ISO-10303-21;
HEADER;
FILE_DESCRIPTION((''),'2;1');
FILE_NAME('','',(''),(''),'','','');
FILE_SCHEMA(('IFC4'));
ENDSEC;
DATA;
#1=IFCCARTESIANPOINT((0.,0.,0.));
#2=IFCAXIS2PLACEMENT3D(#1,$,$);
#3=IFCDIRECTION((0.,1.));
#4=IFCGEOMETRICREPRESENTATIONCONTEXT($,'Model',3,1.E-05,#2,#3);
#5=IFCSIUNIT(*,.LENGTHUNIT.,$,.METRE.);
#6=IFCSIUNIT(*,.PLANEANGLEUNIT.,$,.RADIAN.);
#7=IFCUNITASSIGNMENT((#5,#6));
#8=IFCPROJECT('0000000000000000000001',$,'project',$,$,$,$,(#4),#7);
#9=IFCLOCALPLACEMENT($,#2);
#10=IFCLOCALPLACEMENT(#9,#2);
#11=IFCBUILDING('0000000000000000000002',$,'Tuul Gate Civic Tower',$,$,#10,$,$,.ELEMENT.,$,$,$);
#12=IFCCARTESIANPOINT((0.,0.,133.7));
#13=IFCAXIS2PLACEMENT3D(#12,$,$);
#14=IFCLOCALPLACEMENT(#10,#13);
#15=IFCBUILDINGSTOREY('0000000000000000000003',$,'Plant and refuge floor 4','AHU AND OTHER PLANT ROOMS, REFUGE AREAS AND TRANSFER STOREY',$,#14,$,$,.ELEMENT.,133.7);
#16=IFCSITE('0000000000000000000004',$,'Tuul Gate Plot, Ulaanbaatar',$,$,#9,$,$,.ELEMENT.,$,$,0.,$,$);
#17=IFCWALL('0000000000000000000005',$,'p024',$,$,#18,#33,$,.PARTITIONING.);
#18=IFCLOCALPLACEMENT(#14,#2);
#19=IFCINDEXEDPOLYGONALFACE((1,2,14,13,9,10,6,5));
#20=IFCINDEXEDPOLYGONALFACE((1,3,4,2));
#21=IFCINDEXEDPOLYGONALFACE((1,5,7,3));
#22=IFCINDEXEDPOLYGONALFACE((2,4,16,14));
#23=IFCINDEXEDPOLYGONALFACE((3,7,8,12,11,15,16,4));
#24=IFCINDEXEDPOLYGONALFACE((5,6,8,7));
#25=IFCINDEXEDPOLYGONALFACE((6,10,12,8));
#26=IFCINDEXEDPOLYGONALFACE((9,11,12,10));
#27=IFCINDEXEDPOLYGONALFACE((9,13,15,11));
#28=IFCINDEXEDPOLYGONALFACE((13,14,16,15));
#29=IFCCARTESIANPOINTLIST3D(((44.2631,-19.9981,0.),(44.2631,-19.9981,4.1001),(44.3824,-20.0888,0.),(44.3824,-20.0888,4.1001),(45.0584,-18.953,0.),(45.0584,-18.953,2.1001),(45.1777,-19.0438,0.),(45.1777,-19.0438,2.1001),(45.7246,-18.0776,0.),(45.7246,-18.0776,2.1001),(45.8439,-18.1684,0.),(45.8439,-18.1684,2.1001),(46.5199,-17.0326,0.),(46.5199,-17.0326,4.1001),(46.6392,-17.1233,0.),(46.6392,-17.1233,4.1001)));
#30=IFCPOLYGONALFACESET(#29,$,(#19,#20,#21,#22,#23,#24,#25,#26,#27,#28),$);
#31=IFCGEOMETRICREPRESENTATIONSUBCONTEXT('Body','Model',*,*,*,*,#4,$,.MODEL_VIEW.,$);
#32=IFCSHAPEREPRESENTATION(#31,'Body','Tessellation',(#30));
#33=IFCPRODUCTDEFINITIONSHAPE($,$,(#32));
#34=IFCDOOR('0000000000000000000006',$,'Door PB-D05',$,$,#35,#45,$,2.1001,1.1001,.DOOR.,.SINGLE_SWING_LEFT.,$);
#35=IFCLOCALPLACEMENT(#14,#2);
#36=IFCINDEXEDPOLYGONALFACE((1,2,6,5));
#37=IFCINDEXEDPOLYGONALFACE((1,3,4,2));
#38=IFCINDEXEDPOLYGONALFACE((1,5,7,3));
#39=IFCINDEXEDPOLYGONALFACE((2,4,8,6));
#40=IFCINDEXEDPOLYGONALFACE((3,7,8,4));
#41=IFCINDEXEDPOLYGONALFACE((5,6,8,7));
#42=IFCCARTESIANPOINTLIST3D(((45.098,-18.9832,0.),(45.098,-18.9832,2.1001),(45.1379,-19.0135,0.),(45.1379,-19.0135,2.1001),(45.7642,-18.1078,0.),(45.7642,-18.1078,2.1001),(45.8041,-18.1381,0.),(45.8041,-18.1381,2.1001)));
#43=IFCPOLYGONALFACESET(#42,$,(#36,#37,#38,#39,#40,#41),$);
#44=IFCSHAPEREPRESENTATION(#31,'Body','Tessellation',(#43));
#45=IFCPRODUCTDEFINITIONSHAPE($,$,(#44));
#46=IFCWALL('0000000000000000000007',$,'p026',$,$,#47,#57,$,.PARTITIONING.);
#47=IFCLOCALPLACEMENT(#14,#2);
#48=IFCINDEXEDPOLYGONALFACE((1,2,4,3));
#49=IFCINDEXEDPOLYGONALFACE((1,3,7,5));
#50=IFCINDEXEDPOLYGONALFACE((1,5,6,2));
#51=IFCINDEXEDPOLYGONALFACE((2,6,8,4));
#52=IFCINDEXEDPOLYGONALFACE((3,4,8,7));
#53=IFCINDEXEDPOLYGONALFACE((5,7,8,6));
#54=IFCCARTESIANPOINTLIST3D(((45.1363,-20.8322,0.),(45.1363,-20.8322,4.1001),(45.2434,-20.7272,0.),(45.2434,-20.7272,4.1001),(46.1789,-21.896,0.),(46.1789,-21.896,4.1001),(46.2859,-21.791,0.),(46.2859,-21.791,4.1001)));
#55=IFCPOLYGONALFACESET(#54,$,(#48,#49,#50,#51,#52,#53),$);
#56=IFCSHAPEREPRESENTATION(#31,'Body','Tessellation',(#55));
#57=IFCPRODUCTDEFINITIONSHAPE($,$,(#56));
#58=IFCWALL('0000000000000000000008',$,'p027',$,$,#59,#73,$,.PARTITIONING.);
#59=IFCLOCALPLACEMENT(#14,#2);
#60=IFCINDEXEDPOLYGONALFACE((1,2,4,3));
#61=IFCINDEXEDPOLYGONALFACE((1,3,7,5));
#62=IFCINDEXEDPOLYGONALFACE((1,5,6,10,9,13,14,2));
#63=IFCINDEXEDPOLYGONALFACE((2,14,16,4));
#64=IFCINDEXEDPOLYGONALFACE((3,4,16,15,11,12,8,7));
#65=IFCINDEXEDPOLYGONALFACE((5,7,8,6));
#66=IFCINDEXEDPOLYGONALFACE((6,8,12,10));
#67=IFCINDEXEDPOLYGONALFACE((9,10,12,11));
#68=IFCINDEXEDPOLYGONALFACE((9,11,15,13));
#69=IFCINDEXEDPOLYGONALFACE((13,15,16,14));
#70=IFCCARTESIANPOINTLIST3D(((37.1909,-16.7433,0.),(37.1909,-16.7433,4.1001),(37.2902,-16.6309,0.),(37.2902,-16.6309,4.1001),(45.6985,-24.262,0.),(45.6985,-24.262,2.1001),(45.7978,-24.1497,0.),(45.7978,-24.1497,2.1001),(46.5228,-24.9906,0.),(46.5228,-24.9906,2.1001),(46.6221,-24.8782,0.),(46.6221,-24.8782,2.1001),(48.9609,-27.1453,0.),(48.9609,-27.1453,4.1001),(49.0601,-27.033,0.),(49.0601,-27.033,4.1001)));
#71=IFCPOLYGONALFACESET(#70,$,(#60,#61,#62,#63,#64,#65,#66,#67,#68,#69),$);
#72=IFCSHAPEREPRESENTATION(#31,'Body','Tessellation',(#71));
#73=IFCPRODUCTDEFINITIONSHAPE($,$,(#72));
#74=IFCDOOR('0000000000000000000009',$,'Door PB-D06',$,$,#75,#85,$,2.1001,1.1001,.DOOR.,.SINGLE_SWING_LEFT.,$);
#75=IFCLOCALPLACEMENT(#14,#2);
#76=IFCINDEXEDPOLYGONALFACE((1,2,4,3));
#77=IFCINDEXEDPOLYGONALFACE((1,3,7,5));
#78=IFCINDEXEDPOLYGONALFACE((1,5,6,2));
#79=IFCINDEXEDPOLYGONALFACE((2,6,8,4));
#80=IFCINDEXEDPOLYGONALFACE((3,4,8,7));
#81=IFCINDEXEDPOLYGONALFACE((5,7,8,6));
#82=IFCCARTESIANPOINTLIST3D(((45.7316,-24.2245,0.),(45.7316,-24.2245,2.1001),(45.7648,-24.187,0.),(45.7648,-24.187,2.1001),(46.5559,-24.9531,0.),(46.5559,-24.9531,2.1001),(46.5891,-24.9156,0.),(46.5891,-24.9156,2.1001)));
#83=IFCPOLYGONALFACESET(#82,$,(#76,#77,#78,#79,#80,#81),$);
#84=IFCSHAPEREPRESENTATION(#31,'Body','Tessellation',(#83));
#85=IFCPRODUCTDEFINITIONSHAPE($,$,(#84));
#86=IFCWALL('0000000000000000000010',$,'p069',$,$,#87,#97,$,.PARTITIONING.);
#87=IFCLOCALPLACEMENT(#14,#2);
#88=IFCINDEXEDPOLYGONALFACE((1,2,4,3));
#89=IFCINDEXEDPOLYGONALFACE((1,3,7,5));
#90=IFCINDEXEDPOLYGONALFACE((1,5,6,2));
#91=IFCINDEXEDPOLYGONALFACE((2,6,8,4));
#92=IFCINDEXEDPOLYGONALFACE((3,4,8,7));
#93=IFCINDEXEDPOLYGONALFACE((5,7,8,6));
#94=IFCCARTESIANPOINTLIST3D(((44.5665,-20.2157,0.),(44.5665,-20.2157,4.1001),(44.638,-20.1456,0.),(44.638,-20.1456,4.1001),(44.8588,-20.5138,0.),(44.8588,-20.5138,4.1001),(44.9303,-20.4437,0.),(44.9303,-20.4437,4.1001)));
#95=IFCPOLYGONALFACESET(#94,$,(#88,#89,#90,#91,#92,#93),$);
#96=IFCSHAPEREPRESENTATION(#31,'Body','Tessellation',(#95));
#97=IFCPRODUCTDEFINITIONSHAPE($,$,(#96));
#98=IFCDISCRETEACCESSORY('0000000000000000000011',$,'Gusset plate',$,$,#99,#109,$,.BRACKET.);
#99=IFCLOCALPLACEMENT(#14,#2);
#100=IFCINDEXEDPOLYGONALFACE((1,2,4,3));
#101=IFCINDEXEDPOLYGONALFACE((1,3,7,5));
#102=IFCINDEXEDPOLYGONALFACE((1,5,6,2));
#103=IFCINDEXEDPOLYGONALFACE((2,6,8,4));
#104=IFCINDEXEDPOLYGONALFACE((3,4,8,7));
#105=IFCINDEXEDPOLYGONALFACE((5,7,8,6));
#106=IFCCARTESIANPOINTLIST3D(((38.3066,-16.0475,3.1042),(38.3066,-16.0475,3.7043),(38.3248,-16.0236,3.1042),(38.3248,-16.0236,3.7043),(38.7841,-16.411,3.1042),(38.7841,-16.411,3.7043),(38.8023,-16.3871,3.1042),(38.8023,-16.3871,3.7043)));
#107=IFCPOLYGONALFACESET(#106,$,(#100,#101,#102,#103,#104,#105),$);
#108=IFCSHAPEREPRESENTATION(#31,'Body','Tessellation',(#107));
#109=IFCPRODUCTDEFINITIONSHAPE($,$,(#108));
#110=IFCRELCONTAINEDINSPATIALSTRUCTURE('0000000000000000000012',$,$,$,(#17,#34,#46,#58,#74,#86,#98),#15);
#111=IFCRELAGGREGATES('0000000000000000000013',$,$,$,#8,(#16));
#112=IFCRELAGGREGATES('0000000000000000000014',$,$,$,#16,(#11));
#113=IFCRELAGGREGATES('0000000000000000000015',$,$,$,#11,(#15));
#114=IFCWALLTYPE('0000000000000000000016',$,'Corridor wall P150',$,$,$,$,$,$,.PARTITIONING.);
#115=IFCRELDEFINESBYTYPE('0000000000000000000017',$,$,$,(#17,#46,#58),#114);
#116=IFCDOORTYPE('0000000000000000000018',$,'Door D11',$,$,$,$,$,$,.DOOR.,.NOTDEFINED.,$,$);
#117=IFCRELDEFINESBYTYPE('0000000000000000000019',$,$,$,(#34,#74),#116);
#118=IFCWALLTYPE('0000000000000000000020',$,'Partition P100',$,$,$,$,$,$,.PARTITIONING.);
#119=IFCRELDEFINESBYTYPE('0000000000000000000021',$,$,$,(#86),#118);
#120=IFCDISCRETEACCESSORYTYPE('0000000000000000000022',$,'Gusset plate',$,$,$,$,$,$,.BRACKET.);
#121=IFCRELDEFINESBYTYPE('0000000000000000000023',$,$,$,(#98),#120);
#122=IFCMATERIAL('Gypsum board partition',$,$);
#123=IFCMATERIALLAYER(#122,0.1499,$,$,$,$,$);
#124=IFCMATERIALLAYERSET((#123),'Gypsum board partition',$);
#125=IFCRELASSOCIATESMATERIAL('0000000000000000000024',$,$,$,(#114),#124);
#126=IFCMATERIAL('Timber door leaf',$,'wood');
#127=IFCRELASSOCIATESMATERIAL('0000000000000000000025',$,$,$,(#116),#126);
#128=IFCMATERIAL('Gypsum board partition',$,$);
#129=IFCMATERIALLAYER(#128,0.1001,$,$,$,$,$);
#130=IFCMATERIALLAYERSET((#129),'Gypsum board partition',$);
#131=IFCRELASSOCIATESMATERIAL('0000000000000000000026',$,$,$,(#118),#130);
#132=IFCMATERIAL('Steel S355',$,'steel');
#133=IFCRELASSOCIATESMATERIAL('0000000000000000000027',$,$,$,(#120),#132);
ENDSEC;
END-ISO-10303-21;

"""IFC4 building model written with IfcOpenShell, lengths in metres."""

from ifc_helpers import new_model, si_unit, direction, frame, frame_2d, origin, origin_2d, place, context, subcontext, project, spatial, rectangle, extrude, material, layer, layer_set, type_object, element, fill, save


model = new_model("IFC4")

# Units and contexts
model_context = context("Model", 3, precision=1e-05, world=origin(), true_north=direction((0.0, 1.0)))
body_context = subcontext(model_context, "Body", "Model", "MODEL_VIEW")
ifc_project = project(units=[si_unit("LENGTHUNIT", "METRE"), si_unit("PLANEANGLEUNIT", "RADIAN")], contexts=[model_context])

# Site, building, storey
site_placement = place(None, origin())
site = spatial("IfcSite", under=ifc_project, at=site_placement, Name="Tuul Gate Plot, Ulaanbaatar", CompositionType="ELEMENT", RefElevation=0.0)
building_placement = place(site_placement, origin())
building = spatial("IfcBuilding", under=site, at=building_placement, Name="Tuul Gate Civic Tower", CompositionType="ELEMENT")
storey_placement = place(building_placement, frame((0.0, 0.0, 133.7)))
storey = spatial("IfcBuildingStorey", under=building, at=storey_placement, Name="Plant and refuge floor 4", Description="AHU AND OTHER PLANT ROOMS, REFUGE AREAS AND TRANSFER STOREY", CompositionType="ELEMENT", Elevation=133.7)

# Wall, opening, door
ifc_material_1 = material(Name="Gypsum board partition")
ifc_layer_1 = layer(ifc_material_1, 0.1499)
ifc_layer_set_1 = layer_set([ifc_layer_1], Name="Gypsum board partition")
wall_type_1 = type_object("IfcWallType", Name="Corridor wall P150", PredefinedType="PARTITIONING", material=ifc_layer_set_1)
wall_1_placement = place(storey_placement, frame((44.3228, -20.0435, 0.0), z_axis=(0.0, 0.0, 1.0), x_axis=(0.605593, 0.795774, 0.0)))
wall_1 = element("IfcWall", 1, at=wall_1_placement, inside=storey, type_object=wall_type_1, Name="p024", PredefinedType="PARTITIONING", context=body_context, shape_type="SweptSolid", body=[
    extrude(rectangle(XDim=3.7266, YDim=0.1499, at=frame_2d((1.8633, 0.0))), origin(), (0.0, 0.0, 1.0), 4.1001),
])
opening_1_placement = place(wall_1_placement, frame((1.3132, 0.0, 0.0)))
opening_1 = element("IfcOpeningElement", 2, at=opening_1_placement, cuts=wall_1, PredefinedType="OPENING", context=body_context, shape_type="SweptSolid", body=[
    extrude(rectangle(XDim=1.1001, YDim=2.1001, at=frame_2d((0.55, 1.05))), frame((0.0, 0.085, 0.0), z_axis=(0.0, -1.0, 0.0), x_axis=(1.0, 0.0, 0.0)), (0.0, 0.0, 1.0), 0.1699),
])
ifc_material_2 = material(Name="Timber door leaf", Category="wood")
door_type_1 = type_object("IfcDoorType", Name="Door D11", OperationType="NOTDEFINED", PredefinedType="DOOR", material=ifc_material_2)
door_1_placement = place(opening_1_placement, frame((1.1001, 0.0, 0.0), z_axis=(0.0, 0.0, 1.0), x_axis=(-1.0, 0.0, 0.0)))
door_1 = element("IfcDoor", 3, at=door_1_placement, inside=storey, type_object=door_type_1, Name="Door PB-D05", OperationType="SINGLE_SWING_LEFT", OverallHeight=2.1001, OverallWidth=1.1001, PredefinedType="DOOR", context=body_context, shape_type="SweptSolid", body=[
    extrude(rectangle(XDim=1.1001, YDim=2.1001, at=frame_2d((0.55, 1.05))), frame((0.0, 0.0249, 0.0), z_axis=(0.0, -1.0, 0.0), x_axis=(1.0, 0.0, 0.0)), (0.0, 0.0, 1.0), 0.05),
])
fill(opening_1, door_1)

# Wall
wall_2_placement = place(storey_placement, frame((45.1899, -20.7798, 0.0), z_axis=(0.0, 0.0, 1.0), x_axis=(0.69994, -0.714201, 0.0)))
element("IfcWall", 4, at=wall_2_placement, inside=storey, type_object=wall_type_1, Name="p026", PredefinedType="PARTITIONING", context=body_context, shape_type="SweptSolid", body=[
    extrude(rectangle(XDim=1.4895, YDim=0.1499, at=frame_2d((0.7446, 0.0))), origin(), (0.0, 0.0, 1.0), 4.1001),
])

# Wall, opening, door
wall_3_placement = place(storey_placement, frame((37.2405, -16.687, 0.0), z_axis=(0.0, 0.0, 1.0), x_axis=(0.749307, -0.662222, 0.0)))
wall_3 = element("IfcWall", 5, at=wall_3_placement, inside=storey, type_object=wall_type_1, Name="p027", PredefinedType="PARTITIONING", context=body_context, shape_type="SweptSolid", body=[
    extrude(rectangle(XDim=15.7078, YDim=0.1499, at=frame_2d((7.854, 0.0))), origin(), (0.0, 0.0, 1.0), 4.1001),
])
opening_2_placement = place(wall_3_placement, frame((11.354, 0.0, 0.0)))
opening_2 = element("IfcOpeningElement", 6, at=opening_2_placement, cuts=wall_3, PredefinedType="OPENING", context=body_context, shape_type="SweptSolid", body=[
    extrude(rectangle(XDim=1.1001, YDim=2.1001, at=frame_2d((0.55, 1.05))), frame((0.0, 0.085, 0.0), z_axis=(0.0, -1.0, 0.0), x_axis=(1.0, 0.0, 0.0)), (0.0, 0.0, 1.0), 0.1699),
])
door_2_placement = place(opening_2_placement, frame((1.1001, 0.0, 0.0), z_axis=(0.0, 0.0, 1.0), x_axis=(-1.0, 0.0, 0.0)))
door_2 = element("IfcDoor", 7, at=door_2_placement, inside=storey, type_object=door_type_1, Name="Door PB-D06", OperationType="SINGLE_SWING_LEFT", OverallHeight=2.1001, OverallWidth=1.1001, PredefinedType="DOOR", context=body_context, shape_type="SweptSolid", body=[
    extrude(rectangle(XDim=1.1001, YDim=2.1001, at=frame_2d((0.55, 1.05))), frame((0.0, 0.0249, 0.0), z_axis=(0.0, -1.0, 0.0), x_axis=(1.0, 0.0, 0.0)), (0.0, 0.0, 1.0), 0.05),
])
fill(opening_2, door_2)

# Wall
ifc_material_3 = material(Name="Gypsum board partition")
ifc_layer_2 = layer(ifc_material_3, 0.1001)
ifc_layer_set_2 = layer_set([ifc_layer_2], Name="Gypsum board partition")
wall_type_2 = type_object("IfcWallType", Name="Partition P100", PredefinedType="PARTITIONING", material=ifc_layer_set_2)
wall_4_placement = place(storey_placement, frame((44.8945, -20.4788, 0.0), z_axis=(0.0, 0.0, 1.0), x_axis=(-0.700054, 0.71409, 0.0)))
element("IfcWall", 8, at=wall_4_placement, inside=storey, type_object=wall_type_2, Name="p069", PredefinedType="PARTITIONING", context=body_context, shape_type="SweptSolid", body=[
    extrude(rectangle(XDim=0.4175, YDim=0.1001, at=frame_2d((0.2087, 0.0))), origin(), (0.0, 0.0, 1.0), 4.1001),
])

# Discrete accessory
ifc_material_4 = material(Name="Steel S355", Category="steel")
discrete_accessory_type = type_object("IfcDiscreteAccessoryType", Name="Gusset plate", PredefinedType="BRACKET", material=ifc_material_4)
discrete_accessory_placement = place(storey_placement, frame((38.5544, -16.2173, 3.1042), z_axis=(0.0, 0.0, 1.0), x_axis=(0.795664, -0.605738, 0.0)))
element("IfcDiscreteAccessory", 9, at=discrete_accessory_placement, inside=storey, type_object=discrete_accessory_type, Name="Gusset plate", PredefinedType="BRACKET", context=body_context, shape_type="SweptSolid", body=[
    extrude(rectangle(XDim=0.6001, YDim=0.03, at=origin_2d()), origin(), (0.0, 0.0, 1.0), 0.6001),
])

save(model, "model.ifc")
